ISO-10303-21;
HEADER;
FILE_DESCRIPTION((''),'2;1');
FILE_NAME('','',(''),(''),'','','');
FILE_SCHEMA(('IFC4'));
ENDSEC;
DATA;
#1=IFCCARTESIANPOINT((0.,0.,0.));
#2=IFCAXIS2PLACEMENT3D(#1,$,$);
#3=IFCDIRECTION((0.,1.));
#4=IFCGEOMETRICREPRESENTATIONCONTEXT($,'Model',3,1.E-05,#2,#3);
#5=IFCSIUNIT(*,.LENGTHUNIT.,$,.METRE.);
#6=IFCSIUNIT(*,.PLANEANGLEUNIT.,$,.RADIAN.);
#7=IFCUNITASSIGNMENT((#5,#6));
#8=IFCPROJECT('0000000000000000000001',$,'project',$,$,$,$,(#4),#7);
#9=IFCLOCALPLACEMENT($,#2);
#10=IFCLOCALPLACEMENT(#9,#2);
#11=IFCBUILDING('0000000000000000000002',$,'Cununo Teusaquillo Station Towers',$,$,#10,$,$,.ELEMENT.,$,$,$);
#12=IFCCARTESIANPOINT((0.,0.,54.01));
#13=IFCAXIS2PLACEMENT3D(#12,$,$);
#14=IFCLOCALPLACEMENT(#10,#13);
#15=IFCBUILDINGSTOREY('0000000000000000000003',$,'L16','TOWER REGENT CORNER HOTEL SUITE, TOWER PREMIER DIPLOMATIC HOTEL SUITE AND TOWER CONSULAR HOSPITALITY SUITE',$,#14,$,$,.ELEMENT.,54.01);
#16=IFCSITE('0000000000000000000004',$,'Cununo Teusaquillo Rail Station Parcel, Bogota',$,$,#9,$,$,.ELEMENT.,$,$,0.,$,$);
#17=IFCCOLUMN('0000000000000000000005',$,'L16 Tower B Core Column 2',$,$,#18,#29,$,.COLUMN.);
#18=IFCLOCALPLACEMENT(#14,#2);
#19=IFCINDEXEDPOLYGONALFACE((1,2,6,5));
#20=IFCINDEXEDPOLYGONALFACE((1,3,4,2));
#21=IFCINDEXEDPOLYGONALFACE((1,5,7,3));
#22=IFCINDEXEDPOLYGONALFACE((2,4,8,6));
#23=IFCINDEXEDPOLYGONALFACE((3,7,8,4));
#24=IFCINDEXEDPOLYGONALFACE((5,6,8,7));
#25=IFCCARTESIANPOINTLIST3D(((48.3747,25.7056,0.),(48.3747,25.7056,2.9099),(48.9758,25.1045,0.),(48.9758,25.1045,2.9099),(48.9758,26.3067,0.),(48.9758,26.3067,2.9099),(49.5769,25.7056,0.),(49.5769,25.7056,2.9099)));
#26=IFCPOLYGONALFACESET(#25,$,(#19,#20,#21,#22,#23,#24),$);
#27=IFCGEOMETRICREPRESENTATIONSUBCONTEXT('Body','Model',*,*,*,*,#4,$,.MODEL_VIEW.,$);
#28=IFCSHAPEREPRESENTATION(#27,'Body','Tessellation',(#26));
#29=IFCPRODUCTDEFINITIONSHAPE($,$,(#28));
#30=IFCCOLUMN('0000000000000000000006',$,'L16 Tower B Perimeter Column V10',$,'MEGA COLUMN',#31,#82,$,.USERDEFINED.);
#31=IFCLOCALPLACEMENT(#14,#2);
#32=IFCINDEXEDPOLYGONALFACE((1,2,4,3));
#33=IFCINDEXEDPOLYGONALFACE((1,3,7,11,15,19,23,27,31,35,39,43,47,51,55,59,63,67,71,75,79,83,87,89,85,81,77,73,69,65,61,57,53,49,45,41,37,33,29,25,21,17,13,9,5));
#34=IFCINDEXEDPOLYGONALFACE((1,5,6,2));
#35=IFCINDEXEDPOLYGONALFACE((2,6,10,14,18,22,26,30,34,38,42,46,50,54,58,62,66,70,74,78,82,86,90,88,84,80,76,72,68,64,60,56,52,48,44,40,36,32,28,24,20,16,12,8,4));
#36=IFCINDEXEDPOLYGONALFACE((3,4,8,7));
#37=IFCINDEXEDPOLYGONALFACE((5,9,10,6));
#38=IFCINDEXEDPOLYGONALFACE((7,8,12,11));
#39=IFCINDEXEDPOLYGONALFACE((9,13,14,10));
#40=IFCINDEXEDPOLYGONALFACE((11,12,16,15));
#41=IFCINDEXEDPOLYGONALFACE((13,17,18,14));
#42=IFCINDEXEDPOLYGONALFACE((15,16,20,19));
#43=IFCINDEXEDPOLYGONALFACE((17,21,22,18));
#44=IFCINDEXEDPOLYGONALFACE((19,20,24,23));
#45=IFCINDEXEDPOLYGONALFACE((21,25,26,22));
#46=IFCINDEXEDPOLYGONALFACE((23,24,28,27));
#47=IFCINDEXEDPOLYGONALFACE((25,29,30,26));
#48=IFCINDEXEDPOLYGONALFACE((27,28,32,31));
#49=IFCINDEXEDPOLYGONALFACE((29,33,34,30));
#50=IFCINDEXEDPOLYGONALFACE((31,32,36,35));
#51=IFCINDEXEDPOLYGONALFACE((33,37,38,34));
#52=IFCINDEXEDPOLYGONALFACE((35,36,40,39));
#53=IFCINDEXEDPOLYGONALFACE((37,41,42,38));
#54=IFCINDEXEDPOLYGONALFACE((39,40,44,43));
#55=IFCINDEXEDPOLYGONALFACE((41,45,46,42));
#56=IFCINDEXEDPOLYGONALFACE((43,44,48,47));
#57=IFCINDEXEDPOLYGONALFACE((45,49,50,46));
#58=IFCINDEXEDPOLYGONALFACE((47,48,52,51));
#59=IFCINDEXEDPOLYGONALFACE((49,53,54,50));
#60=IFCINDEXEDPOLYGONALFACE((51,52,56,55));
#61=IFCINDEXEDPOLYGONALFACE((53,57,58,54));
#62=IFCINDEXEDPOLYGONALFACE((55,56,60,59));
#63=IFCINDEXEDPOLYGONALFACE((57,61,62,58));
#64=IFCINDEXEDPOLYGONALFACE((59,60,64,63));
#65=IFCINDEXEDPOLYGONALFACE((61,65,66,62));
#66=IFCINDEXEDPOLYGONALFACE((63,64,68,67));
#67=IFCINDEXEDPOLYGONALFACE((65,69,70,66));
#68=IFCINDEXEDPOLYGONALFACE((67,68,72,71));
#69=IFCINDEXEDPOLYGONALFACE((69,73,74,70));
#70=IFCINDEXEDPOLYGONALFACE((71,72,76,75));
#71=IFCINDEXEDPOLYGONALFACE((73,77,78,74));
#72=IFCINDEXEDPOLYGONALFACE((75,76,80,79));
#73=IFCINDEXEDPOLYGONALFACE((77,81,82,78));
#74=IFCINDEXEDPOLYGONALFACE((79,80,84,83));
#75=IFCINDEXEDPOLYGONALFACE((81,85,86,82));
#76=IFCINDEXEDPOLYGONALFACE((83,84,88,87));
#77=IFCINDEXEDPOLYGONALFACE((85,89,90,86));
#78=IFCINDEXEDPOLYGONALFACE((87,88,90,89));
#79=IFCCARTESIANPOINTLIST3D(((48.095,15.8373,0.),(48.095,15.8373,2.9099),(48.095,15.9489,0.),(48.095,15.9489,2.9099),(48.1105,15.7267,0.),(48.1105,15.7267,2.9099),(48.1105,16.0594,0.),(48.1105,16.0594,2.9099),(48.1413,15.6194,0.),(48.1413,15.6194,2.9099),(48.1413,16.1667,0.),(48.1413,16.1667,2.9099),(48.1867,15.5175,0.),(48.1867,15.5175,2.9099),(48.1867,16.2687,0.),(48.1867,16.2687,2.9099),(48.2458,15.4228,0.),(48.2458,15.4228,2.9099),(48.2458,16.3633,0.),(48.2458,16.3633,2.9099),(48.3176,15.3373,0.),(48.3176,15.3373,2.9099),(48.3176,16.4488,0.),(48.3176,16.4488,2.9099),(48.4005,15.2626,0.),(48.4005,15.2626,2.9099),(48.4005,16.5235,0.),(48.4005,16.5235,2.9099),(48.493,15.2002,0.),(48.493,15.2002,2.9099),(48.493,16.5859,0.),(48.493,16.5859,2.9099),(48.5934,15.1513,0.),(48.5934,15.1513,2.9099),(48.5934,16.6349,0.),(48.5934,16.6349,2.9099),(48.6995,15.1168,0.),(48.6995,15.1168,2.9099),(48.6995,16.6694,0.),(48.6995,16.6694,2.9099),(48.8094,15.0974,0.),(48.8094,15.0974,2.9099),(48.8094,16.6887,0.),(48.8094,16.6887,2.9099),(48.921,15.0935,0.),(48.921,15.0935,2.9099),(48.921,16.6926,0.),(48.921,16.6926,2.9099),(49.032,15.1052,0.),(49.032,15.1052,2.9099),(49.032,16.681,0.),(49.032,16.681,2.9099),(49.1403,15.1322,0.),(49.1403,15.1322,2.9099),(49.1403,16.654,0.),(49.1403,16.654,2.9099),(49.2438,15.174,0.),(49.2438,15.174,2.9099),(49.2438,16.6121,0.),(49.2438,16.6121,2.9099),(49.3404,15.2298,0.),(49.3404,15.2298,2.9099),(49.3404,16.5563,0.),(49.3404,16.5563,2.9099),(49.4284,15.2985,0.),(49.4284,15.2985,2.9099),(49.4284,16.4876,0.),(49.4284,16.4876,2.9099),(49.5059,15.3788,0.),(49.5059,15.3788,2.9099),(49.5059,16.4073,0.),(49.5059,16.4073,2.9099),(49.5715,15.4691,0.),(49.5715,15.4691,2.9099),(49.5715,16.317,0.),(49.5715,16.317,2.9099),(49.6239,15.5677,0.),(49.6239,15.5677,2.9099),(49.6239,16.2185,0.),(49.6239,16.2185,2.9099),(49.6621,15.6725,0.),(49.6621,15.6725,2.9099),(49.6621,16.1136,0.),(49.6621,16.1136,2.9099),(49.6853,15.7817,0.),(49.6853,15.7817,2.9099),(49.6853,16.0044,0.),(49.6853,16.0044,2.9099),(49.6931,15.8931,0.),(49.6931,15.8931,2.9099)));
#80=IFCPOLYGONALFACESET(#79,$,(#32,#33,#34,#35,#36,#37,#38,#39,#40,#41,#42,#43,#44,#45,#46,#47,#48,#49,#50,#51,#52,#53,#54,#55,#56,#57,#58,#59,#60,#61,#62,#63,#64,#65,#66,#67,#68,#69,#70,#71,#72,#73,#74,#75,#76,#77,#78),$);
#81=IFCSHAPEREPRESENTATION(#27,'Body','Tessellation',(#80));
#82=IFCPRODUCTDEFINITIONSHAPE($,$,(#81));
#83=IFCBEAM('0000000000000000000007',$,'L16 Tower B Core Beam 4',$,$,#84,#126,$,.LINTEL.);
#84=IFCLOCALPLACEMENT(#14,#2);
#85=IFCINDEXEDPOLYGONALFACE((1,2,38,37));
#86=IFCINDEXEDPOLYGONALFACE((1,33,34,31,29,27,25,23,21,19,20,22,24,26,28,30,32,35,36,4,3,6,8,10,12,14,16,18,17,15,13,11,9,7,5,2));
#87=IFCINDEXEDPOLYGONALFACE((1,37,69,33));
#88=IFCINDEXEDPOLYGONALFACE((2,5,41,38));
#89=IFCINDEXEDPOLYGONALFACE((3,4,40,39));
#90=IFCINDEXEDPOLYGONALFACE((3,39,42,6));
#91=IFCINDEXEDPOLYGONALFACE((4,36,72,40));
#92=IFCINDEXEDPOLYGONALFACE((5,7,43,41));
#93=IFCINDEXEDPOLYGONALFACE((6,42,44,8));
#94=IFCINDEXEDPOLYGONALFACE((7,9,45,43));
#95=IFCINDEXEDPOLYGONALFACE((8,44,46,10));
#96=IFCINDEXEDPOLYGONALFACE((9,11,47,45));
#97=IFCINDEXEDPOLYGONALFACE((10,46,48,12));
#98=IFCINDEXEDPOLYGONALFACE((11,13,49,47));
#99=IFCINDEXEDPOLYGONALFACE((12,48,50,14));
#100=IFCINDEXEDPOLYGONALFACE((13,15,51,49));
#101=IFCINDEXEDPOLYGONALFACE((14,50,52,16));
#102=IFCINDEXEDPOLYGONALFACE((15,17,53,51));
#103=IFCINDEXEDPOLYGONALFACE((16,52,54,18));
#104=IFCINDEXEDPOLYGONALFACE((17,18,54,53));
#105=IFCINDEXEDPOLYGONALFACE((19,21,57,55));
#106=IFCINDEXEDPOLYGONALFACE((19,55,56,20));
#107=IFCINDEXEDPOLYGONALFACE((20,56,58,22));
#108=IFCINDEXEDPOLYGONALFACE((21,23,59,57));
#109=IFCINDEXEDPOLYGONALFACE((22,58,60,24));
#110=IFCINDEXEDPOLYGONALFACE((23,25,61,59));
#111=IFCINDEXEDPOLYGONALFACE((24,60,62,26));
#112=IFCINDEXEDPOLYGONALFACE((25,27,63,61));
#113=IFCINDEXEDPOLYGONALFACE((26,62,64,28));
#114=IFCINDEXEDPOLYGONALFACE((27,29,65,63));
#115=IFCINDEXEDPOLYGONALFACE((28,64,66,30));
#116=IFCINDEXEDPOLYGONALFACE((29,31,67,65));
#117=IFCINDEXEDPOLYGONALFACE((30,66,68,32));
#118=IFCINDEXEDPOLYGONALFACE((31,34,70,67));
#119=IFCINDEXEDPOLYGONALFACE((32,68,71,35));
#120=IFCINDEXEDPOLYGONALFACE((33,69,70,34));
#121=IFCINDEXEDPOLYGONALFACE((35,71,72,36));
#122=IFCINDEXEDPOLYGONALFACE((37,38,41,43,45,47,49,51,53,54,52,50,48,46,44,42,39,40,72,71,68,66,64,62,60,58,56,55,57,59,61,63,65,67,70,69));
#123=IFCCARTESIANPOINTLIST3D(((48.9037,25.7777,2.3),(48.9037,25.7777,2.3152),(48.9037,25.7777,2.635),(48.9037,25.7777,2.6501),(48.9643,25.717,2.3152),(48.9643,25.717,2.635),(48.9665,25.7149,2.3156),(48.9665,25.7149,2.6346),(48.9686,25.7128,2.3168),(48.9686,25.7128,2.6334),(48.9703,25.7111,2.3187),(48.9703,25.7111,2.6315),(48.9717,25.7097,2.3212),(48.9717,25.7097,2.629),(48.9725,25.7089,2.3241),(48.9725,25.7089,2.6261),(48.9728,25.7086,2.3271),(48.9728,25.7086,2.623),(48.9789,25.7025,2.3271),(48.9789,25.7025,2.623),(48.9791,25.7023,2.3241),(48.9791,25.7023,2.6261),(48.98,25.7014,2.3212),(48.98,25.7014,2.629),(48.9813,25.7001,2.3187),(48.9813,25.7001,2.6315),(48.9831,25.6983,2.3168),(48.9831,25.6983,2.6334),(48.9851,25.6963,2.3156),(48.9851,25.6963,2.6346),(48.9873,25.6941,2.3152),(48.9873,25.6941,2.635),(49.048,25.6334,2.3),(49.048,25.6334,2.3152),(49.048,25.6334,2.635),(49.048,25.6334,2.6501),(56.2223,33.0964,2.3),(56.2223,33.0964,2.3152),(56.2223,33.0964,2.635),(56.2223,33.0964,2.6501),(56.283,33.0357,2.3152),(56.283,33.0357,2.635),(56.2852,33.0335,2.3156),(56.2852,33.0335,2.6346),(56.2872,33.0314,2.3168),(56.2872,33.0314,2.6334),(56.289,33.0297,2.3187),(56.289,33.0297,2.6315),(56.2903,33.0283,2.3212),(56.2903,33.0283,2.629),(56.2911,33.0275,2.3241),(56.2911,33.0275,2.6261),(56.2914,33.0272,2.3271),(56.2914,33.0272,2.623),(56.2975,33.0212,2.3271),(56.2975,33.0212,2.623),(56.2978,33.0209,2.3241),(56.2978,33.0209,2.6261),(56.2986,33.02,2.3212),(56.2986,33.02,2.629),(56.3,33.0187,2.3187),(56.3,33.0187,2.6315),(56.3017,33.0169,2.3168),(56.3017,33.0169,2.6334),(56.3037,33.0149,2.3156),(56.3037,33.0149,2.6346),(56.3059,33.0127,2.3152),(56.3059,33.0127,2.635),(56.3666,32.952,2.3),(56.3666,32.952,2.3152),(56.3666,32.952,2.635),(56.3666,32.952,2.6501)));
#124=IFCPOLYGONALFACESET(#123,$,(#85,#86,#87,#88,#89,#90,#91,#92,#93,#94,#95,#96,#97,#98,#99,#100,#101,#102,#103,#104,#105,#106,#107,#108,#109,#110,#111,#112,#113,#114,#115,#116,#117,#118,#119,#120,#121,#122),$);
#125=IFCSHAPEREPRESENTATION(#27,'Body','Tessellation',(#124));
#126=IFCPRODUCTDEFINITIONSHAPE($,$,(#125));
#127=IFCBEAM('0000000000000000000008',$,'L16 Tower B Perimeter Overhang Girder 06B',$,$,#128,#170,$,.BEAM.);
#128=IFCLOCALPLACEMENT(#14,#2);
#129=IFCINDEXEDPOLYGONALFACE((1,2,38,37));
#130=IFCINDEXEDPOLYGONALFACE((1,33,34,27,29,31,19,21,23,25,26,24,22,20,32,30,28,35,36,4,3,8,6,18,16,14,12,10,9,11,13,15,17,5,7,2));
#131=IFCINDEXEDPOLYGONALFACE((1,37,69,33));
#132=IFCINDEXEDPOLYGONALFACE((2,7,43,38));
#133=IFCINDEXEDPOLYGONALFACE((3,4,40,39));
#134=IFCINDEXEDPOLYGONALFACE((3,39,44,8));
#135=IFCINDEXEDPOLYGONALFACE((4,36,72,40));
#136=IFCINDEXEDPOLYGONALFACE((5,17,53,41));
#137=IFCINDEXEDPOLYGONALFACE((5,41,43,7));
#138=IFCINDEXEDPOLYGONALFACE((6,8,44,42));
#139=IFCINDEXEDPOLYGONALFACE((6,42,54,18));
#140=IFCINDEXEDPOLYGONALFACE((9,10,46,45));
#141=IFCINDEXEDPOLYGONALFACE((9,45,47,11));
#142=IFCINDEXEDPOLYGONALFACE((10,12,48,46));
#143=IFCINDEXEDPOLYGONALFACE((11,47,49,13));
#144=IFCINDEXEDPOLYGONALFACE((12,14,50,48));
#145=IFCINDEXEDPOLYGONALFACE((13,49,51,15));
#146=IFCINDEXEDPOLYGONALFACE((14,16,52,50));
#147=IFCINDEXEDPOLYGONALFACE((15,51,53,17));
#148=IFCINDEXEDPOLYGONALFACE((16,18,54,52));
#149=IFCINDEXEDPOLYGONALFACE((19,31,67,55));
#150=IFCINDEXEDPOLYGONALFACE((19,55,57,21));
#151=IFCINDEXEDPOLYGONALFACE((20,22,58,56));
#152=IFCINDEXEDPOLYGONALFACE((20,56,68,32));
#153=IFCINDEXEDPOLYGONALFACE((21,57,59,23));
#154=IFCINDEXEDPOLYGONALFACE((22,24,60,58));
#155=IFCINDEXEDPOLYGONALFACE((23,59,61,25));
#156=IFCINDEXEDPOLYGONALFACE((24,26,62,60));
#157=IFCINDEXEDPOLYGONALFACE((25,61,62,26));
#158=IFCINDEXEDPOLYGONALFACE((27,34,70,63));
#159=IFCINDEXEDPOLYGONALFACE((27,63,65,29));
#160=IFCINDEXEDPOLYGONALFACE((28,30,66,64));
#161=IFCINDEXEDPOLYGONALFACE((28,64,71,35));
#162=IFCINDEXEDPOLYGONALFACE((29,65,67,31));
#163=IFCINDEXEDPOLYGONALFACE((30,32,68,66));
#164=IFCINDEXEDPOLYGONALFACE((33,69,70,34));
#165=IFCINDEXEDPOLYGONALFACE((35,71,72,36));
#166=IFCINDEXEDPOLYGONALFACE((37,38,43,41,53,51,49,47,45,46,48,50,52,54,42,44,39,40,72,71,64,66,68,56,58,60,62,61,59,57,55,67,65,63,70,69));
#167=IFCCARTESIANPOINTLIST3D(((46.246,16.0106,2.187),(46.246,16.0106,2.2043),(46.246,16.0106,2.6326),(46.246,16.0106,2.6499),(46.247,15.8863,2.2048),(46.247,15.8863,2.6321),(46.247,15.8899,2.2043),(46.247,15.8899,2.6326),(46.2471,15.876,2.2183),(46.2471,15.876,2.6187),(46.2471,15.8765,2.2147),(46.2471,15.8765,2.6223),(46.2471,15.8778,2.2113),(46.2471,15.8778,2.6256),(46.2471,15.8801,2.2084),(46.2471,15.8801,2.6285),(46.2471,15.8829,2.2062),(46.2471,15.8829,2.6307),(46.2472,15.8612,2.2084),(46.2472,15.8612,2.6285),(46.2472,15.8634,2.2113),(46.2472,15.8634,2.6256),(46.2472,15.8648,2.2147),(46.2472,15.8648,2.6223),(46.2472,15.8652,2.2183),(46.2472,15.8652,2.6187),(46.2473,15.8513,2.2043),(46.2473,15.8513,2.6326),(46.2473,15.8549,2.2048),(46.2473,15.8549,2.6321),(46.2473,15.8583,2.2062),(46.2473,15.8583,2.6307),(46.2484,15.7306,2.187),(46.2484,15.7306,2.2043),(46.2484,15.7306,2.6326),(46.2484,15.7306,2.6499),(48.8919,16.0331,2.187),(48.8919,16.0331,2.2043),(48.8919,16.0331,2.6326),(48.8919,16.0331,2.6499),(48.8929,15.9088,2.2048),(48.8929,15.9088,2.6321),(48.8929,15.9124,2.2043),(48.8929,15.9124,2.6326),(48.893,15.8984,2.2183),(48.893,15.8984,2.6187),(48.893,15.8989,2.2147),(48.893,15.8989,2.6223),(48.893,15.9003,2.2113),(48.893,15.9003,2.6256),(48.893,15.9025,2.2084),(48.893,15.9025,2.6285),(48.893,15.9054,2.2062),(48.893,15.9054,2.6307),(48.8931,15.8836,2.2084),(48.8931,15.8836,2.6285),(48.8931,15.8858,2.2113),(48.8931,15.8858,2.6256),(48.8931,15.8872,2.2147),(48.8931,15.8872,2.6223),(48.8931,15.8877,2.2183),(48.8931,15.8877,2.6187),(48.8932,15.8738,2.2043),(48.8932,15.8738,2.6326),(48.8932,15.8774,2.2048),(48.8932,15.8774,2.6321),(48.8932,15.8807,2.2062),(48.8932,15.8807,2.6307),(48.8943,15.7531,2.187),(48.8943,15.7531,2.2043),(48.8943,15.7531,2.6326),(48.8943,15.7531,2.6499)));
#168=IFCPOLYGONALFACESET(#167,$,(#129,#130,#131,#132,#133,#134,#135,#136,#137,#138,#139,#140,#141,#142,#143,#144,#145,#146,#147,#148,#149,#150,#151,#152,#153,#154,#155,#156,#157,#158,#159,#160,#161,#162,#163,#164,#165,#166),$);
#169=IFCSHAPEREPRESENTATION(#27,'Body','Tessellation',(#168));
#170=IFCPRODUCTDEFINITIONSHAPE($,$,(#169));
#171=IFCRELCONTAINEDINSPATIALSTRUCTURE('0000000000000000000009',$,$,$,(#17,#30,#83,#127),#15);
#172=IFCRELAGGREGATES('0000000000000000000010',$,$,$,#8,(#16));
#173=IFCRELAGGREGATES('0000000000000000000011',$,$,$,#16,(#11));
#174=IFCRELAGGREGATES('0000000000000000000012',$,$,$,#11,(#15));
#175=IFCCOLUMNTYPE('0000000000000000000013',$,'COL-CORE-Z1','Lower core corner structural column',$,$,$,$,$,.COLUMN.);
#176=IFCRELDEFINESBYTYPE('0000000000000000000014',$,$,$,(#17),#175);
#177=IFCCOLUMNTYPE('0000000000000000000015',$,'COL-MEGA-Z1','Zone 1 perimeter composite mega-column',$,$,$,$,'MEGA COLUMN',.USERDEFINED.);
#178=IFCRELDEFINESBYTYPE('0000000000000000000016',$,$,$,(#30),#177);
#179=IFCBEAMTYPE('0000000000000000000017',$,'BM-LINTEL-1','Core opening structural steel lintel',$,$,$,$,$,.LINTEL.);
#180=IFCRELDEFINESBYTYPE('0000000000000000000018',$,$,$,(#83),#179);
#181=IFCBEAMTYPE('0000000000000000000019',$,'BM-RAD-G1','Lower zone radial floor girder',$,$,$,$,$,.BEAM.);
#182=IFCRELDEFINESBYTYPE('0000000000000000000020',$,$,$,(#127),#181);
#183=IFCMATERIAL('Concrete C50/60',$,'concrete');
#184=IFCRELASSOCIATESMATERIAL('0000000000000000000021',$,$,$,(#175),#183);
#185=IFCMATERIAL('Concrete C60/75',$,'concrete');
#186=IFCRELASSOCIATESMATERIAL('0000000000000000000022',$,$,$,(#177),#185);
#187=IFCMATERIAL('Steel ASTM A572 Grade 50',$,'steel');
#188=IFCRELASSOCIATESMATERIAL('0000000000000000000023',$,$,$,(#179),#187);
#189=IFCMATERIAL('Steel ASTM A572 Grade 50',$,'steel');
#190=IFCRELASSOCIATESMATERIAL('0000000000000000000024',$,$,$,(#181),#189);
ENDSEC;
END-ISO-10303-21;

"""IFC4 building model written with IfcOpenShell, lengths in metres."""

from ifc_helpers import new_model, si_unit, direction, frame, origin, origin_2d, place, context, subcontext, project, spatial, rectangle, circle, i_section, extrude, material, material_profile, profile_set, type_object, element, save


model = new_model("IFC4")

# Units and contexts
model_context = context("Model", 3, precision=1e-05, world=origin(), true_north=direction((0.0, 1.0)))
body_context = subcontext(model_context, "Body", "Model", "MODEL_VIEW")
ifc_project = project(units=[si_unit("LENGTHUNIT", "METRE"), si_unit("PLANEANGLEUNIT", "RADIAN")], contexts=[model_context])

# Site, building, storey
site_placement = place(None, origin())
site = spatial("IfcSite", under=ifc_project, at=site_placement, Name="Cununo Teusaquillo Rail Station Parcel, Bogota", CompositionType="ELEMENT", RefElevation=0.0)
building_placement = place(site_placement, origin())
building = spatial("IfcBuilding", under=site, at=building_placement, Name="Cununo Teusaquillo Station Towers", CompositionType="ELEMENT")
storey_placement = place(building_placement, frame((0.0, 0.0, 54.01)))
storey = spatial("IfcBuildingStorey", under=building, at=storey_placement, Name="L16", Description="TOWER REGENT CORNER HOTEL SUITE, TOWER PREMIER DIPLOMATIC HOTEL SUITE AND TOWER CONSULAR HOSPITALITY SUITE", CompositionType="ELEMENT", Elevation=54.01)

# Columns
ifc_material_1 = material(Name="Concrete C50/60", Category="concrete")
ifc_material_profile_1 = material_profile(ifc_material_1, rectangle(XDim=0.8501, YDim=0.8501, at=origin_2d()), Name="RC-RECT-850x850")
ifc_profile_set_1 = profile_set([ifc_material_profile_1], Name="Concrete C50/60")
column_type_1 = type_object("IfcColumnType", Name="COL-CORE-Z1", Description="Lower core corner structural column", PredefinedType="COLUMN", material=ifc_profile_set_1)
column_1_placement = place(storey_placement, frame((48.9758, 25.7056, 0.0), z_axis=(0.0, 0.0, 1.0), x_axis=(0.707107, 0.707107, 0.0)))
element("IfcColumn", 1, at=column_1_placement, inside=storey, type_object=column_type_1, Name="L16 Tower B Core Column 2", PredefinedType="COLUMN", context=body_context, shape_type="SweptSolid", body=[
    extrude(rectangle(XDim=0.8501, YDim=0.8501, at=origin_2d()), origin(), (0.0, 0.0, 1.0), 2.9099),
])
ifc_material_2 = material(Name="Concrete C60/75", Category="concrete")
ifc_material_profile_2 = material_profile(ifc_material_2, circle(Radius=0.8, at=origin_2d()), Name="RC-CIRC-1600")
ifc_profile_set_2 = profile_set([ifc_material_profile_2], Name="Concrete C60/75")
column_type_2 = type_object("IfcColumnType", Name="COL-MEGA-Z1", Description="Zone 1 perimeter composite mega-column", ElementType="MEGA COLUMN", PredefinedType="USERDEFINED", material=ifc_profile_set_2)
column_2_placement = place(storey_placement, frame((48.8931, 15.8931, 0.0), z_axis=(0.0, 0.0, 1.0), x_axis=(1.0, 0.0, 0.0)))
element("IfcColumn", 2, at=column_2_placement, inside=storey, type_object=column_type_2, Name="L16 Tower B Perimeter Column V10", ObjectType="MEGA COLUMN", PredefinedType="USERDEFINED", context=body_context, shape_type="SweptSolid", body=[
    extrude(circle(Radius=0.8, at=origin_2d()), origin(), (0.0, 0.0, 1.0), 2.9099),
])

# Beams
ifc_material_3 = material(Name="Steel ASTM A572 Grade 50", Category="steel")
ifc_material_profile_3 = material_profile(ifc_material_3, i_section(OverallWidth=0.2041, OverallDepth=0.3501, WebThickness=0.0085, FlangeThickness=0.0151, FilletRadius=0.012, at=origin_2d()), Name="W14X48")
ifc_profile_set_3 = profile_set([ifc_material_profile_3], Name="Steel ASTM A572 Grade 50")
beam_type_1 = type_object("IfcBeamType", Name="BM-LINTEL-1", Description="Core opening structural steel lintel", PredefinedType="LINTEL", material=ifc_profile_set_3)
beam_1_placement = place(storey_placement, frame((48.9758, 25.7056, 2.4751), z_axis=(0.707107, 0.707107, 0.0), x_axis=(-0.707107, 0.707107, 0.0)))
element("IfcBeam", 3, at=beam_1_placement, inside=storey, type_object=beam_type_1, Name="L16 Tower B Core Beam 4", PredefinedType="LINTEL", context=body_context, shape_type="SweptSolid", body=[
    extrude(i_section(OverallWidth=0.2041, OverallDepth=0.3501, WebThickness=0.0085, FlangeThickness=0.0151, FilletRadius=0.012, at=origin_2d()), origin(), (0.0, 0.0, 1.0), 10.3501),
])
ifc_material_4 = material(Name="Steel ASTM A572 Grade 50", Category="steel")
ifc_material_profile_4 = material_profile(ifc_material_4, i_section(OverallWidth=0.28, OverallDepth=0.4629, WebThickness=0.0107, FlangeThickness=0.0173, FilletRadius=0.0139, at=origin_2d()), Name="W18X76")
ifc_profile_set_4 = profile_set([ifc_material_profile_4], Name="Steel ASTM A572 Grade 50")
beam_type_2 = type_object("IfcBeamType", Name="BM-RAD-G1", Description="Lower zone radial floor girder", PredefinedType="BEAM", material=ifc_profile_set_4)
beam_2_placement = place(storey_placement, frame((48.8931, 15.8931, 2.4185), z_axis=(-0.999964, -0.008488, 0.0), x_axis=(0.008488, -0.999964, 0.0)))
element("IfcBeam", 4, at=beam_2_placement, inside=storey, type_object=beam_type_2, Name="L16 Tower B Perimeter Overhang Girder 06B", PredefinedType="BEAM", context=body_context, shape_type="SweptSolid", body=[
    extrude(i_section(OverallWidth=0.28, OverallDepth=0.4629, WebThickness=0.0107, FlangeThickness=0.0173, FilletRadius=0.0139, at=origin_2d()), origin(), (0.0, 0.0, 1.0), 2.646),
])

save(model, "model.ifc")
